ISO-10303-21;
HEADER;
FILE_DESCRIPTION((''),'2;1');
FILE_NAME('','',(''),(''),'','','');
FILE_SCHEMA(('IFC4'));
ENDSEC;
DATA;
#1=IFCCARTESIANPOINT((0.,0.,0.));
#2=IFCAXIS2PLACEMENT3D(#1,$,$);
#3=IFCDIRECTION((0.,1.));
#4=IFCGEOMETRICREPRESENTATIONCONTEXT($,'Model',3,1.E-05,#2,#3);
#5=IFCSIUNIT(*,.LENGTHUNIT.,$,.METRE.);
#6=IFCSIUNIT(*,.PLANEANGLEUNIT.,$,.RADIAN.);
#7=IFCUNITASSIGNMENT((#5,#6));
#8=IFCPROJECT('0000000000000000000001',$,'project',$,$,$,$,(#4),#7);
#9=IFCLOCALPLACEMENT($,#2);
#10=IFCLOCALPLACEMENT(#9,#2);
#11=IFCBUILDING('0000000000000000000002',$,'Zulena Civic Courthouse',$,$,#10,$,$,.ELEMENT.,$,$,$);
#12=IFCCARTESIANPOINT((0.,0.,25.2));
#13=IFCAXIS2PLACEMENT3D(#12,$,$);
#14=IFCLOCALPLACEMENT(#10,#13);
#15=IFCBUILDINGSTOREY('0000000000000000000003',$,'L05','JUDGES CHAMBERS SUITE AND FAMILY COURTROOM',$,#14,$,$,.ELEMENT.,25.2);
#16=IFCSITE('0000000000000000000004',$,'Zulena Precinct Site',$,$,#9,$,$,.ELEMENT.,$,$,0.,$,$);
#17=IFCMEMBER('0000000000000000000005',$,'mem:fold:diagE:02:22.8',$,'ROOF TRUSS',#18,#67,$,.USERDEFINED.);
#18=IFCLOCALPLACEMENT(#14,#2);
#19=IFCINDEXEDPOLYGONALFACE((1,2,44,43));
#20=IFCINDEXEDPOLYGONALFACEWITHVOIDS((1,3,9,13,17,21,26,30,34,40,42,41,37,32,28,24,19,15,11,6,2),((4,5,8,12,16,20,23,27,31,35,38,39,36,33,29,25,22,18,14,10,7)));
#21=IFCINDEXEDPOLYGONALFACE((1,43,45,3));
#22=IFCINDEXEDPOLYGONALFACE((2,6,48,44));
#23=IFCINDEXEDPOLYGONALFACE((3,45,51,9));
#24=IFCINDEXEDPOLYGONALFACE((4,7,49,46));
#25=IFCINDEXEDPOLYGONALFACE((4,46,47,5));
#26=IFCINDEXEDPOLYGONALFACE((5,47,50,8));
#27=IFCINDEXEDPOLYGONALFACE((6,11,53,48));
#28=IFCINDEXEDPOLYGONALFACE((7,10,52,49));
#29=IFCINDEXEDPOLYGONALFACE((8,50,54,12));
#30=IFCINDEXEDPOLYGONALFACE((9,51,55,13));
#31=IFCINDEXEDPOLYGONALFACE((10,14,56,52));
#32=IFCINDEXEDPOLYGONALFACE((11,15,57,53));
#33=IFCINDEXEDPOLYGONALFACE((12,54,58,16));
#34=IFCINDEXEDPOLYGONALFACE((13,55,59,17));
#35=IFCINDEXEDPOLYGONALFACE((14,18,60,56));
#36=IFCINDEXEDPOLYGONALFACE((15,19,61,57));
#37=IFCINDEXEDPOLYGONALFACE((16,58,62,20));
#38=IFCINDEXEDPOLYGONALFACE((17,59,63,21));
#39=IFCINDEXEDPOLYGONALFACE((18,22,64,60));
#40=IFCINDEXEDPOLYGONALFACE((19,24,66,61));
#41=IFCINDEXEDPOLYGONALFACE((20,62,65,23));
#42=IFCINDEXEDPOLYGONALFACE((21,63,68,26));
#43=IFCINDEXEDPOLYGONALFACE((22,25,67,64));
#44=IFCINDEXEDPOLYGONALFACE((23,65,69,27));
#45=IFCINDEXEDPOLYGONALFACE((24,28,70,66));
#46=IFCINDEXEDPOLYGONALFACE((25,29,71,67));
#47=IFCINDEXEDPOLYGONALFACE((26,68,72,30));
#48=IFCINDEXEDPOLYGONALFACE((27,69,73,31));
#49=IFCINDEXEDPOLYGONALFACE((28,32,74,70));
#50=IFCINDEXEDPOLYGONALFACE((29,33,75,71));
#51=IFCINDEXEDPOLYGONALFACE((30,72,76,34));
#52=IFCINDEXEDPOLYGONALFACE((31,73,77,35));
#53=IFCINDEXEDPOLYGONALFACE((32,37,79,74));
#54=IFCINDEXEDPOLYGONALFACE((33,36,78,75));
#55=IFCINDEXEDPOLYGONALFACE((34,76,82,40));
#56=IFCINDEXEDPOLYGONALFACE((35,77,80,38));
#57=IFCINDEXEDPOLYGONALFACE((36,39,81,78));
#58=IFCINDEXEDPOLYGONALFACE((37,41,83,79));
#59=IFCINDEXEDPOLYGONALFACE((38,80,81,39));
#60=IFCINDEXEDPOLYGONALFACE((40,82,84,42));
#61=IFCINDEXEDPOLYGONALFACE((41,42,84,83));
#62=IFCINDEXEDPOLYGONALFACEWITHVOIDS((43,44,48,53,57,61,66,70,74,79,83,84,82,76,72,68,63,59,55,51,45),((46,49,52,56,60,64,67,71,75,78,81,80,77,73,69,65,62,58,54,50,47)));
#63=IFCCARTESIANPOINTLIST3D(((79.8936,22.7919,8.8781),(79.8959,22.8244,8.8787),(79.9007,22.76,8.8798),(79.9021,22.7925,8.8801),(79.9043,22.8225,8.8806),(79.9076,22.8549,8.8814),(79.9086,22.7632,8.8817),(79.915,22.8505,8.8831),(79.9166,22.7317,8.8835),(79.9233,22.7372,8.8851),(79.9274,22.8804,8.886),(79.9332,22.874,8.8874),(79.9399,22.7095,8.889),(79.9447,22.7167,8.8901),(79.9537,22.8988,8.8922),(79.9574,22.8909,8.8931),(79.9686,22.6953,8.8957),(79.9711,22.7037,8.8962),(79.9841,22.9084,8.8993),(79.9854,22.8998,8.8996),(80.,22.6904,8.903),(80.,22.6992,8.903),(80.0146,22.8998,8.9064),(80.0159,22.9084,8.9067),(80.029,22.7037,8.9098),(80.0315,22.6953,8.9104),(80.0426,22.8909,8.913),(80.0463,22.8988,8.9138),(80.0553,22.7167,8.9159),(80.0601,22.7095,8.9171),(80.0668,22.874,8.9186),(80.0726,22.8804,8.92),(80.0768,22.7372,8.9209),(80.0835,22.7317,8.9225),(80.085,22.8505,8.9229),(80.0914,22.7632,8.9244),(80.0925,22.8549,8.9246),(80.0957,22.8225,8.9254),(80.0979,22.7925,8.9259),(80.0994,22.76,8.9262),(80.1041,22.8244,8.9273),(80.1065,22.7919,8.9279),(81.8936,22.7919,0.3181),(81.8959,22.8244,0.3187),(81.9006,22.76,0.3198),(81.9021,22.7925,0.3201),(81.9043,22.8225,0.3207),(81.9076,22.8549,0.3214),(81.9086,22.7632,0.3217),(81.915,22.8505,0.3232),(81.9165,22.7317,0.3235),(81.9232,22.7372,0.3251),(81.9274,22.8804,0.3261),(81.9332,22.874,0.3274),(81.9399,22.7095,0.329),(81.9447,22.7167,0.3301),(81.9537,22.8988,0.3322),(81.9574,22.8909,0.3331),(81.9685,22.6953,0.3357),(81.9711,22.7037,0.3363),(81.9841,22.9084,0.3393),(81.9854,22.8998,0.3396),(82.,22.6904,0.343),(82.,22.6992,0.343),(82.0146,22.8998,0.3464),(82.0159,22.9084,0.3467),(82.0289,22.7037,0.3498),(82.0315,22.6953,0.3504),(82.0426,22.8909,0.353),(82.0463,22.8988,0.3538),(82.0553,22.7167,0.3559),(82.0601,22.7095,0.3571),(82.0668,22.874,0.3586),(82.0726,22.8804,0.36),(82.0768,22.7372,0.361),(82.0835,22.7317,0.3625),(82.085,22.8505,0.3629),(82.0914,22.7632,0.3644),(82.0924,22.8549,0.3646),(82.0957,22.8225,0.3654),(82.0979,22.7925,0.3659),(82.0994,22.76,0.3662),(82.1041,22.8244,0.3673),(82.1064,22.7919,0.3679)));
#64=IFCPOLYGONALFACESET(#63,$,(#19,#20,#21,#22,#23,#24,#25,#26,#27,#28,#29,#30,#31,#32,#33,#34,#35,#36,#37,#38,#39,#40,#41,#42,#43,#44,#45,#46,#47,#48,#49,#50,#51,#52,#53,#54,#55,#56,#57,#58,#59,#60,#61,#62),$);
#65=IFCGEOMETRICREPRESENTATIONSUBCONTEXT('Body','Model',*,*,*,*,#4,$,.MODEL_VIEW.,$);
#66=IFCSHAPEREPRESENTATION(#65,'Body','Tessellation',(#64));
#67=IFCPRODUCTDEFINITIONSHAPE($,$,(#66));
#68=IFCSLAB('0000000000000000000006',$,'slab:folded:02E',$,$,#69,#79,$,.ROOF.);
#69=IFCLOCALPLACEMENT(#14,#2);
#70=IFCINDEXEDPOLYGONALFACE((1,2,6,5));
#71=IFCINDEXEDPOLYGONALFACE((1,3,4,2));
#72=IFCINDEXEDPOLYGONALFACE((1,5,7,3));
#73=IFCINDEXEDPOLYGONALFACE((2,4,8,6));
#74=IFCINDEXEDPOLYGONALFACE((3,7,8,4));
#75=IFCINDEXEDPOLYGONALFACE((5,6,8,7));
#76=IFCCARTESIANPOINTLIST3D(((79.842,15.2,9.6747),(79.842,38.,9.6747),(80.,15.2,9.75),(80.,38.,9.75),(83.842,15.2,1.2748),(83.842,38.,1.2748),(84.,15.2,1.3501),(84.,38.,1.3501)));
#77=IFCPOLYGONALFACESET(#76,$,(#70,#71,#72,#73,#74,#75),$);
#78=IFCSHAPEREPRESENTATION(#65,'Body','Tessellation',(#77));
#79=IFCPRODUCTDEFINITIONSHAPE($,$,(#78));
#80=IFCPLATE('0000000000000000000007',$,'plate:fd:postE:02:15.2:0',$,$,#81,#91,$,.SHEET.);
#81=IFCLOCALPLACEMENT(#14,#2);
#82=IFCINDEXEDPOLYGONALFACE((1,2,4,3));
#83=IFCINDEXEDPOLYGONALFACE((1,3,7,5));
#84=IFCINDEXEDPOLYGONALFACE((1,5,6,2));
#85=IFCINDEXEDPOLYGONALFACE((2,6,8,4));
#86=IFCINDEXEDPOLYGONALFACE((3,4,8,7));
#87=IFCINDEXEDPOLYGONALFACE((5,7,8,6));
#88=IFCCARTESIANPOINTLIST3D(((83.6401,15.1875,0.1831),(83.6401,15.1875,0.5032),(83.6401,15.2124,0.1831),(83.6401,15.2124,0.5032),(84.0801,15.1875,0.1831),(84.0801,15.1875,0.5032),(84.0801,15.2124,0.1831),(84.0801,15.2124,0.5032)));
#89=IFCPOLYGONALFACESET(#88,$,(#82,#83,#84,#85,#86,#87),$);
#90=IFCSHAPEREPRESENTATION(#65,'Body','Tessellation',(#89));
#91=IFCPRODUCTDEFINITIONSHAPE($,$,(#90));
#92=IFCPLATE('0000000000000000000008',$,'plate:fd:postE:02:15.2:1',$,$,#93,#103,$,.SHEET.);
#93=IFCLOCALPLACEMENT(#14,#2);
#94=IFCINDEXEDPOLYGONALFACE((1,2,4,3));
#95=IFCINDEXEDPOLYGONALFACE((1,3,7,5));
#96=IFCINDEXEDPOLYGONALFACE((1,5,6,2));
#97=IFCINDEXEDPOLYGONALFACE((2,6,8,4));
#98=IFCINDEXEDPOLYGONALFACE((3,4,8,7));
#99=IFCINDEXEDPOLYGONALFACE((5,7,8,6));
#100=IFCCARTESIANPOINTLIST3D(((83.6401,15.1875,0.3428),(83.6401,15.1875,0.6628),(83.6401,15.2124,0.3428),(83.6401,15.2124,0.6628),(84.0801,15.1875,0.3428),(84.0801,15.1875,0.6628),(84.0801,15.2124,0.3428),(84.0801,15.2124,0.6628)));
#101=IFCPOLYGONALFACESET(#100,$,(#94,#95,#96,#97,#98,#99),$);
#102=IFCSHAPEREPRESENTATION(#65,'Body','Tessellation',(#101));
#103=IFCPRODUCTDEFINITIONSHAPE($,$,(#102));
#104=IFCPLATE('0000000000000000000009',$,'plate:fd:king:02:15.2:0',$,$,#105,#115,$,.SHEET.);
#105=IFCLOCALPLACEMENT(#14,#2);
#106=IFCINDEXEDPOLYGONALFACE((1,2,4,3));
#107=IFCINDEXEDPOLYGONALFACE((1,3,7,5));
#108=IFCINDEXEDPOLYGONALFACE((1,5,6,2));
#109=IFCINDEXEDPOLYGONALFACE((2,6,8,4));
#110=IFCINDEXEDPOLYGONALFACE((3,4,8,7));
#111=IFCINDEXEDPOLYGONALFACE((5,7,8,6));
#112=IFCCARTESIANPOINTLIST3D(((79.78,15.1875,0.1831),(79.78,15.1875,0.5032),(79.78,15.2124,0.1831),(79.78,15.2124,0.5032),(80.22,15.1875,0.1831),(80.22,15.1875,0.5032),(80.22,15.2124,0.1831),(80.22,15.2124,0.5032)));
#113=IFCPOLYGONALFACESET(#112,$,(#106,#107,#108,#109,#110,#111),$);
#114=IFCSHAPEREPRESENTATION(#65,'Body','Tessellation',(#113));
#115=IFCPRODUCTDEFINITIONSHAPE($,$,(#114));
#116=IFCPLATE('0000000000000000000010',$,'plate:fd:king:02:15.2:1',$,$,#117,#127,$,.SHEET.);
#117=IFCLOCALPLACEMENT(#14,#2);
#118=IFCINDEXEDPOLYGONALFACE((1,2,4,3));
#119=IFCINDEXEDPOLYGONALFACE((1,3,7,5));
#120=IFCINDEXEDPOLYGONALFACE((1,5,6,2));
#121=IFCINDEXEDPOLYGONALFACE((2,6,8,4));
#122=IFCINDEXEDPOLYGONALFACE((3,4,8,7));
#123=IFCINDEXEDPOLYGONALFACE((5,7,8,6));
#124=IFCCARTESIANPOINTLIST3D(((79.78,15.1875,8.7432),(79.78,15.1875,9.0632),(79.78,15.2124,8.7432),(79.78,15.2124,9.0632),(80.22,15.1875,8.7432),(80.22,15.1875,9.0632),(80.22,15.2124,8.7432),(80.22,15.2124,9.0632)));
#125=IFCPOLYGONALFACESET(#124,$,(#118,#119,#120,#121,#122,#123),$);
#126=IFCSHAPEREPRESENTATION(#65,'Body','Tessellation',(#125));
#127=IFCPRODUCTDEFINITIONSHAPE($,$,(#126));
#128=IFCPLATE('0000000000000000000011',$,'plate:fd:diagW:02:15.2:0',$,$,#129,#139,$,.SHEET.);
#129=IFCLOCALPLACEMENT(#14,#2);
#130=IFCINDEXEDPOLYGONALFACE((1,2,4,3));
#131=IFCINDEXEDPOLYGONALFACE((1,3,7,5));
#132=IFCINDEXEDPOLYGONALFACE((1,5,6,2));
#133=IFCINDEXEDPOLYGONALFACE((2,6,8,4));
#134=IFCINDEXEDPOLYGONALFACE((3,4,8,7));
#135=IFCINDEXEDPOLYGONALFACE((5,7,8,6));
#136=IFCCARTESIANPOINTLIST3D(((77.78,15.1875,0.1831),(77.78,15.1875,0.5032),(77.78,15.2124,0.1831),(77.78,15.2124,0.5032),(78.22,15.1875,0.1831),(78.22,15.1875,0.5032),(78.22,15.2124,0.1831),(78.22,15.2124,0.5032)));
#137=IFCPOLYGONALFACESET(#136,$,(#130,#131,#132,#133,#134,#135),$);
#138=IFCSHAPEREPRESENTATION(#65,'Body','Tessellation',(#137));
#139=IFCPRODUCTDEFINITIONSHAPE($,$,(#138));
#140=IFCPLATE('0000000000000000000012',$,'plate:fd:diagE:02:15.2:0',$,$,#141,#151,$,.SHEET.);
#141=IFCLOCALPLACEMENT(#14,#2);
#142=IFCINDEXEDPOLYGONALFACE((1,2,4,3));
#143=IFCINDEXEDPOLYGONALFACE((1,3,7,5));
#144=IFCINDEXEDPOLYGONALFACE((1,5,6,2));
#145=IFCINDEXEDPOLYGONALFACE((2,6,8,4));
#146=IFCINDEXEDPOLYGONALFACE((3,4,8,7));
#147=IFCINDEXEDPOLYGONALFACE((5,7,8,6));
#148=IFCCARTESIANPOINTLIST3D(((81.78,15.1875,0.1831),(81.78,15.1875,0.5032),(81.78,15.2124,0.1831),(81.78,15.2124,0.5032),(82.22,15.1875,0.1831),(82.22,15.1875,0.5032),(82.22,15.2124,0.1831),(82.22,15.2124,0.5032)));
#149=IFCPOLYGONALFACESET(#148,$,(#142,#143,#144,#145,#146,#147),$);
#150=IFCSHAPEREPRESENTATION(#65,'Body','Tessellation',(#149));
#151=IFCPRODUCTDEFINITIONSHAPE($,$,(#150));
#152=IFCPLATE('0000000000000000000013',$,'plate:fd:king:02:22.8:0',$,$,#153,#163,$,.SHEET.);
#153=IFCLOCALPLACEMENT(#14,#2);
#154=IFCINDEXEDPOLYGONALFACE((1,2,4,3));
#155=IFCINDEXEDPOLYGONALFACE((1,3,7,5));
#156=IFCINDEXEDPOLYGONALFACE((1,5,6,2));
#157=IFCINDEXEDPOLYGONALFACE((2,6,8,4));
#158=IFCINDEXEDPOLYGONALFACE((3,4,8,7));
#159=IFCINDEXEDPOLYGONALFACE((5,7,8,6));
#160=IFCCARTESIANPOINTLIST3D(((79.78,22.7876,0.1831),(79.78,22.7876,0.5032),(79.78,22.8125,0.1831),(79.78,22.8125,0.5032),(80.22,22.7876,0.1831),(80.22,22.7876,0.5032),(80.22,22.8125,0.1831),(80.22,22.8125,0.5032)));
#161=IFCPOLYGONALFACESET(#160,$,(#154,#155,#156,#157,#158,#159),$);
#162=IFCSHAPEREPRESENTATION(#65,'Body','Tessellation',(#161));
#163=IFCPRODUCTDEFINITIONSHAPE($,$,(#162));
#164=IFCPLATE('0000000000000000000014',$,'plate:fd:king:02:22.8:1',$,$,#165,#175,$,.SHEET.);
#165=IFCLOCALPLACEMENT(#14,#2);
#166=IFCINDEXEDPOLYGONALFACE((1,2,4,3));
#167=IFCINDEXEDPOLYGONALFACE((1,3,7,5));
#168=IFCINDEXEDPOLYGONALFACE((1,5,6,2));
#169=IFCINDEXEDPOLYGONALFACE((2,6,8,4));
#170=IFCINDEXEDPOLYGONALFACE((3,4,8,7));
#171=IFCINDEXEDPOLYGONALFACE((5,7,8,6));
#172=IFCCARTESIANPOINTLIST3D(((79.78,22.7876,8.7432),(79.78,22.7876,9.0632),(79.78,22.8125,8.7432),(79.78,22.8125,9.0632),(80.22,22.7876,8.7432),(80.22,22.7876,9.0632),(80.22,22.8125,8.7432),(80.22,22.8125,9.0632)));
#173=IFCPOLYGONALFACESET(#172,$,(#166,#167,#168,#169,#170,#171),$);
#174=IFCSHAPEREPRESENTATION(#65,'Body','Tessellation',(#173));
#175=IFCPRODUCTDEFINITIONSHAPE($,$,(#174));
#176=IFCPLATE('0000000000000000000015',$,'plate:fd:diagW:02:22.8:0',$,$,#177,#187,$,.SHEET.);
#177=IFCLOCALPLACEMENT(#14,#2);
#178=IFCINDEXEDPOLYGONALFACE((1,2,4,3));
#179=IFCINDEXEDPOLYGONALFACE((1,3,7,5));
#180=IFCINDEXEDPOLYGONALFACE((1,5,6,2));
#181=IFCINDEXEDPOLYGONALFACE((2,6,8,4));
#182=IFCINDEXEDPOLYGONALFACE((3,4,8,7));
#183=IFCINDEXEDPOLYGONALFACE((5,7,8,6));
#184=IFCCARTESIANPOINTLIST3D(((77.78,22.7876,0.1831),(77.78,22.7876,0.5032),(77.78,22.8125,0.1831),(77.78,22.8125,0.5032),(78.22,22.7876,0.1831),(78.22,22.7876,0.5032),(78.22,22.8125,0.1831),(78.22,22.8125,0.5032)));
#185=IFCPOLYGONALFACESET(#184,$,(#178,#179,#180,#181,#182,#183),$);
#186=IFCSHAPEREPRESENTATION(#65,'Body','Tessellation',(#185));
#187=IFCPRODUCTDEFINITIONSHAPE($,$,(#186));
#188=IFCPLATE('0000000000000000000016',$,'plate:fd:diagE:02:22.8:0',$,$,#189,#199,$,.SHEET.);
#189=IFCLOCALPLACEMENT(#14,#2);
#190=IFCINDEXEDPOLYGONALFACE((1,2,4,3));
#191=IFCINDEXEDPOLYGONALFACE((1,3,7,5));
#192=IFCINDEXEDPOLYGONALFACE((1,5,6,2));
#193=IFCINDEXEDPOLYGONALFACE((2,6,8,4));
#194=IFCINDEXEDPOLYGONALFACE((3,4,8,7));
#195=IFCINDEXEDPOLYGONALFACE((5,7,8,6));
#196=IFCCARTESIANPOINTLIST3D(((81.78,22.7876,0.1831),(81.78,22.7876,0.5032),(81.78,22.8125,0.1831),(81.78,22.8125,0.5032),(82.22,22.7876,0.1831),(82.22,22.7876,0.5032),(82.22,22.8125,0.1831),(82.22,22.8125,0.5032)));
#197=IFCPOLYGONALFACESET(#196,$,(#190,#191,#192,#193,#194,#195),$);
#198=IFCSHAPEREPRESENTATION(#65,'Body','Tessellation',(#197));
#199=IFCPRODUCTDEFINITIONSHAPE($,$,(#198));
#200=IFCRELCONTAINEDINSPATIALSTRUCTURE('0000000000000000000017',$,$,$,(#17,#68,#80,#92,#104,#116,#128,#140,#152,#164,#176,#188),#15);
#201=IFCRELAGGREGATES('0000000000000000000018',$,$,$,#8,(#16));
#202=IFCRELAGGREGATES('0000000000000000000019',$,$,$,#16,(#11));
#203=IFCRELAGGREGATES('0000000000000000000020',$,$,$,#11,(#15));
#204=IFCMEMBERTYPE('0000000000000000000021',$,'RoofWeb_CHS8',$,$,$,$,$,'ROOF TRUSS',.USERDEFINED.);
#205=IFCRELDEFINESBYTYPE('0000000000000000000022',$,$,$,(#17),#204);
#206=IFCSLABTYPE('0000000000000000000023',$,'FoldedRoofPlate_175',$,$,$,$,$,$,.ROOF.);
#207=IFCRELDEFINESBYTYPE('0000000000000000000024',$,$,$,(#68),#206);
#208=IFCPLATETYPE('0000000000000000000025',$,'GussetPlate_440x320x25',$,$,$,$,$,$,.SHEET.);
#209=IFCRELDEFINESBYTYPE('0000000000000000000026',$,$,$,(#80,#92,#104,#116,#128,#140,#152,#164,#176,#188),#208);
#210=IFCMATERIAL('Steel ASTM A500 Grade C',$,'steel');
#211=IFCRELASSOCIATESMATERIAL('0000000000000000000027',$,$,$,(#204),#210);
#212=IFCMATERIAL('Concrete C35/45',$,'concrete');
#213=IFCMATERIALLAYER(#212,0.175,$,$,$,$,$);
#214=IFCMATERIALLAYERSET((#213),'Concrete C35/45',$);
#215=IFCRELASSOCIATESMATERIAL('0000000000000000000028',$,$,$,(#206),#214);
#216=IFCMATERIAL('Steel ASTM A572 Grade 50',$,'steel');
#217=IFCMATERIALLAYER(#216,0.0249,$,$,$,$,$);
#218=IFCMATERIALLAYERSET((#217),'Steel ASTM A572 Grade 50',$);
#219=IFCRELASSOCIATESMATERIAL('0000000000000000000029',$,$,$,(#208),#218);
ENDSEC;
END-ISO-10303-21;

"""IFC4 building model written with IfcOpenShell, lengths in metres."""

from ifc_helpers import new_model, si_unit, direction, frame, origin, origin_2d, place, context, subcontext, project, spatial, polyline, rectangle, hollow_circle, outline, extrude, material, layer, layer_set, material_profile, profile_set, type_object, element, save


model = new_model("IFC4")

# Units and contexts
model_context = context("Model", 3, precision=1e-05, world=origin(), true_north=direction((0.0, 1.0)))
body_context = subcontext(model_context, "Body", "Model", "MODEL_VIEW")
ifc_project = project(units=[si_unit("LENGTHUNIT", "METRE"), si_unit("PLANEANGLEUNIT", "RADIAN")], contexts=[model_context])

# Site, building, storey
site_placement = place(None, origin())
site = spatial("IfcSite", under=ifc_project, at=site_placement, Name="Zulena Precinct Site", CompositionType="ELEMENT", RefElevation=0.0)
building_placement = place(site_placement, origin())
building = spatial("IfcBuilding", under=site, at=building_placement, Name="Zulena Civic Courthouse", CompositionType="ELEMENT")
storey_placement = place(building_placement, frame((0.0, 0.0, 25.2)))
storey = spatial("IfcBuildingStorey", under=building, at=storey_placement, Name="L05", Description="JUDGES CHAMBERS SUITE AND FAMILY COURTROOM", CompositionType="ELEMENT", Elevation=25.2)

# Member
ifc_material_1 = material(Name="Steel ASTM A500 Grade C", Category="steel")
ifc_material_profile_1 = material_profile(ifc_material_1, hollow_circle(Radius=0.1096, WallThickness=0.0088, at=origin_2d()), Name="HSS8.625X0.375")
ifc_profile_set_1 = profile_set([ifc_material_profile_1], Name="Steel ASTM A500 Grade C")
member_type_1 = type_object("IfcMemberType", Name="RoofWeb_CHS8", ElementType="ROOF TRUSS", PredefinedType="USERDEFINED", material=ifc_profile_set_1)
for number, where, z_axis, x_axis, name in (
    (1, (82.0, 22.8, 0.343), (-0.227516, 0.0, 0.973774), (0.0, -1.0, 0.0), "mem:fold:diagE:02:22.8"),
):
    element("IfcMember", number, at=place(storey_placement, frame(where, z_axis=z_axis, x_axis=x_axis)), inside=storey, type_object=member_type_1, Name=name, ObjectType="ROOF TRUSS", PredefinedType="USERDEFINED", context=body_context, shape_type="SweptSolid", body=[
        extrude(hollow_circle(Radius=0.1096, WallThickness=0.0088, at=origin_2d()), origin(), (0.0, 0.0, 1.0), 8.7905),
    ])

# Slab
ifc_material_2 = material(Name="Concrete C35/45", Category="concrete")
ifc_layer_1 = layer(ifc_material_2, 0.175)
ifc_layer_set_1 = layer_set([ifc_layer_1], Name="Concrete C35/45")
slab_type = type_object("IfcSlabType", Name="FoldedRoofPlate_175", PredefinedType="ROOF", material=ifc_layer_set_1)
slab_placement = place(storey_placement, frame((80.0, 15.2, 9.75), z_axis=(0.902859, 0.0, 0.429938), x_axis=(0.429938, 0.0, -0.902859)))
element("IfcSlab", 2, at=slab_placement, inside=storey, type_object=slab_type, Name="slab:folded:02E", PredefinedType="ROOF", context=body_context, shape_type="SweptSolid", body=[
    extrude(outline(polyline([(0.0, 0.0), (9.3037, 0.0), (9.3037, 22.8), (0.0, 22.8), (0.0, 0.0)])), origin(), (0.0, 0.0, -1.0), 0.175),
])

# Plates
ifc_material_3 = material(Name="Steel ASTM A572 Grade 50", Category="steel")
ifc_layer_2 = layer(ifc_material_3, 0.0249)
ifc_layer_set_2 = layer_set([ifc_layer_2], Name="Steel ASTM A572 Grade 50")
plate_type = type_object("IfcPlateType", Name="GussetPlate_440x320x25", PredefinedType="SHEET", material=ifc_layer_set_2)
for number, where, z_axis, x_axis, name in (
    (3, (83.8601, 15.2, 0.1831), (0.0, 0.0, 1.0), (1.0, 0.0, 0.0), "plate:fd:postE:02:15.2:0"),
    (4, (83.8601, 15.2, 0.3428), (0.0, 0.0, 1.0), (1.0, 0.0, 0.0), "plate:fd:postE:02:15.2:1"),
    (5, (80.0, 15.2, 0.1831), (0.0, 0.0, 1.0), (1.0, 0.0, 0.0), "plate:fd:king:02:15.2:0"),
    (6, (80.0, 15.2, 8.7432), (0.0, 0.0, 1.0), (1.0, 0.0, 0.0), "plate:fd:king:02:15.2:1"),
    (7, (78.0, 15.2, 0.1831), (0.0, 0.0, 1.0), (1.0, 0.0, 0.0), "plate:fd:diagW:02:15.2:0"),
    (8, (82.0, 15.2, 0.1831), (0.0, 0.0, 1.0), (1.0, 0.0, 0.0), "plate:fd:diagE:02:15.2:0"),
    (9, (80.0, 22.8, 0.1831), (0.0, 0.0, 1.0), (1.0, 0.0, 0.0), "plate:fd:king:02:22.8:0"),
    (10, (80.0, 22.8, 8.7432), (0.0, 0.0, 1.0), (1.0, 0.0, 0.0), "plate:fd:king:02:22.8:1"),
    (11, (78.0, 22.8, 0.1831), (0.0, 0.0, 1.0), (1.0, 0.0, 0.0), "plate:fd:diagW:02:22.8:0"),
    (12, (82.0, 22.8, 0.1831), (0.0, 0.0, 1.0), (1.0, 0.0, 0.0), "plate:fd:diagE:02:22.8:0"),
):
    element("IfcPlate", number, at=place(storey_placement, frame(where, z_axis=z_axis, x_axis=x_axis)), inside=storey, type_object=plate_type, Name=name, PredefinedType="SHEET", context=body_context, shape_type="SweptSolid", body=[
        extrude(rectangle(XDim=0.4399, YDim=0.0249, at=origin_2d()), origin(), (0.0, 0.0, 1.0), 0.3201),
    ])

save(model, "model.ifc")
